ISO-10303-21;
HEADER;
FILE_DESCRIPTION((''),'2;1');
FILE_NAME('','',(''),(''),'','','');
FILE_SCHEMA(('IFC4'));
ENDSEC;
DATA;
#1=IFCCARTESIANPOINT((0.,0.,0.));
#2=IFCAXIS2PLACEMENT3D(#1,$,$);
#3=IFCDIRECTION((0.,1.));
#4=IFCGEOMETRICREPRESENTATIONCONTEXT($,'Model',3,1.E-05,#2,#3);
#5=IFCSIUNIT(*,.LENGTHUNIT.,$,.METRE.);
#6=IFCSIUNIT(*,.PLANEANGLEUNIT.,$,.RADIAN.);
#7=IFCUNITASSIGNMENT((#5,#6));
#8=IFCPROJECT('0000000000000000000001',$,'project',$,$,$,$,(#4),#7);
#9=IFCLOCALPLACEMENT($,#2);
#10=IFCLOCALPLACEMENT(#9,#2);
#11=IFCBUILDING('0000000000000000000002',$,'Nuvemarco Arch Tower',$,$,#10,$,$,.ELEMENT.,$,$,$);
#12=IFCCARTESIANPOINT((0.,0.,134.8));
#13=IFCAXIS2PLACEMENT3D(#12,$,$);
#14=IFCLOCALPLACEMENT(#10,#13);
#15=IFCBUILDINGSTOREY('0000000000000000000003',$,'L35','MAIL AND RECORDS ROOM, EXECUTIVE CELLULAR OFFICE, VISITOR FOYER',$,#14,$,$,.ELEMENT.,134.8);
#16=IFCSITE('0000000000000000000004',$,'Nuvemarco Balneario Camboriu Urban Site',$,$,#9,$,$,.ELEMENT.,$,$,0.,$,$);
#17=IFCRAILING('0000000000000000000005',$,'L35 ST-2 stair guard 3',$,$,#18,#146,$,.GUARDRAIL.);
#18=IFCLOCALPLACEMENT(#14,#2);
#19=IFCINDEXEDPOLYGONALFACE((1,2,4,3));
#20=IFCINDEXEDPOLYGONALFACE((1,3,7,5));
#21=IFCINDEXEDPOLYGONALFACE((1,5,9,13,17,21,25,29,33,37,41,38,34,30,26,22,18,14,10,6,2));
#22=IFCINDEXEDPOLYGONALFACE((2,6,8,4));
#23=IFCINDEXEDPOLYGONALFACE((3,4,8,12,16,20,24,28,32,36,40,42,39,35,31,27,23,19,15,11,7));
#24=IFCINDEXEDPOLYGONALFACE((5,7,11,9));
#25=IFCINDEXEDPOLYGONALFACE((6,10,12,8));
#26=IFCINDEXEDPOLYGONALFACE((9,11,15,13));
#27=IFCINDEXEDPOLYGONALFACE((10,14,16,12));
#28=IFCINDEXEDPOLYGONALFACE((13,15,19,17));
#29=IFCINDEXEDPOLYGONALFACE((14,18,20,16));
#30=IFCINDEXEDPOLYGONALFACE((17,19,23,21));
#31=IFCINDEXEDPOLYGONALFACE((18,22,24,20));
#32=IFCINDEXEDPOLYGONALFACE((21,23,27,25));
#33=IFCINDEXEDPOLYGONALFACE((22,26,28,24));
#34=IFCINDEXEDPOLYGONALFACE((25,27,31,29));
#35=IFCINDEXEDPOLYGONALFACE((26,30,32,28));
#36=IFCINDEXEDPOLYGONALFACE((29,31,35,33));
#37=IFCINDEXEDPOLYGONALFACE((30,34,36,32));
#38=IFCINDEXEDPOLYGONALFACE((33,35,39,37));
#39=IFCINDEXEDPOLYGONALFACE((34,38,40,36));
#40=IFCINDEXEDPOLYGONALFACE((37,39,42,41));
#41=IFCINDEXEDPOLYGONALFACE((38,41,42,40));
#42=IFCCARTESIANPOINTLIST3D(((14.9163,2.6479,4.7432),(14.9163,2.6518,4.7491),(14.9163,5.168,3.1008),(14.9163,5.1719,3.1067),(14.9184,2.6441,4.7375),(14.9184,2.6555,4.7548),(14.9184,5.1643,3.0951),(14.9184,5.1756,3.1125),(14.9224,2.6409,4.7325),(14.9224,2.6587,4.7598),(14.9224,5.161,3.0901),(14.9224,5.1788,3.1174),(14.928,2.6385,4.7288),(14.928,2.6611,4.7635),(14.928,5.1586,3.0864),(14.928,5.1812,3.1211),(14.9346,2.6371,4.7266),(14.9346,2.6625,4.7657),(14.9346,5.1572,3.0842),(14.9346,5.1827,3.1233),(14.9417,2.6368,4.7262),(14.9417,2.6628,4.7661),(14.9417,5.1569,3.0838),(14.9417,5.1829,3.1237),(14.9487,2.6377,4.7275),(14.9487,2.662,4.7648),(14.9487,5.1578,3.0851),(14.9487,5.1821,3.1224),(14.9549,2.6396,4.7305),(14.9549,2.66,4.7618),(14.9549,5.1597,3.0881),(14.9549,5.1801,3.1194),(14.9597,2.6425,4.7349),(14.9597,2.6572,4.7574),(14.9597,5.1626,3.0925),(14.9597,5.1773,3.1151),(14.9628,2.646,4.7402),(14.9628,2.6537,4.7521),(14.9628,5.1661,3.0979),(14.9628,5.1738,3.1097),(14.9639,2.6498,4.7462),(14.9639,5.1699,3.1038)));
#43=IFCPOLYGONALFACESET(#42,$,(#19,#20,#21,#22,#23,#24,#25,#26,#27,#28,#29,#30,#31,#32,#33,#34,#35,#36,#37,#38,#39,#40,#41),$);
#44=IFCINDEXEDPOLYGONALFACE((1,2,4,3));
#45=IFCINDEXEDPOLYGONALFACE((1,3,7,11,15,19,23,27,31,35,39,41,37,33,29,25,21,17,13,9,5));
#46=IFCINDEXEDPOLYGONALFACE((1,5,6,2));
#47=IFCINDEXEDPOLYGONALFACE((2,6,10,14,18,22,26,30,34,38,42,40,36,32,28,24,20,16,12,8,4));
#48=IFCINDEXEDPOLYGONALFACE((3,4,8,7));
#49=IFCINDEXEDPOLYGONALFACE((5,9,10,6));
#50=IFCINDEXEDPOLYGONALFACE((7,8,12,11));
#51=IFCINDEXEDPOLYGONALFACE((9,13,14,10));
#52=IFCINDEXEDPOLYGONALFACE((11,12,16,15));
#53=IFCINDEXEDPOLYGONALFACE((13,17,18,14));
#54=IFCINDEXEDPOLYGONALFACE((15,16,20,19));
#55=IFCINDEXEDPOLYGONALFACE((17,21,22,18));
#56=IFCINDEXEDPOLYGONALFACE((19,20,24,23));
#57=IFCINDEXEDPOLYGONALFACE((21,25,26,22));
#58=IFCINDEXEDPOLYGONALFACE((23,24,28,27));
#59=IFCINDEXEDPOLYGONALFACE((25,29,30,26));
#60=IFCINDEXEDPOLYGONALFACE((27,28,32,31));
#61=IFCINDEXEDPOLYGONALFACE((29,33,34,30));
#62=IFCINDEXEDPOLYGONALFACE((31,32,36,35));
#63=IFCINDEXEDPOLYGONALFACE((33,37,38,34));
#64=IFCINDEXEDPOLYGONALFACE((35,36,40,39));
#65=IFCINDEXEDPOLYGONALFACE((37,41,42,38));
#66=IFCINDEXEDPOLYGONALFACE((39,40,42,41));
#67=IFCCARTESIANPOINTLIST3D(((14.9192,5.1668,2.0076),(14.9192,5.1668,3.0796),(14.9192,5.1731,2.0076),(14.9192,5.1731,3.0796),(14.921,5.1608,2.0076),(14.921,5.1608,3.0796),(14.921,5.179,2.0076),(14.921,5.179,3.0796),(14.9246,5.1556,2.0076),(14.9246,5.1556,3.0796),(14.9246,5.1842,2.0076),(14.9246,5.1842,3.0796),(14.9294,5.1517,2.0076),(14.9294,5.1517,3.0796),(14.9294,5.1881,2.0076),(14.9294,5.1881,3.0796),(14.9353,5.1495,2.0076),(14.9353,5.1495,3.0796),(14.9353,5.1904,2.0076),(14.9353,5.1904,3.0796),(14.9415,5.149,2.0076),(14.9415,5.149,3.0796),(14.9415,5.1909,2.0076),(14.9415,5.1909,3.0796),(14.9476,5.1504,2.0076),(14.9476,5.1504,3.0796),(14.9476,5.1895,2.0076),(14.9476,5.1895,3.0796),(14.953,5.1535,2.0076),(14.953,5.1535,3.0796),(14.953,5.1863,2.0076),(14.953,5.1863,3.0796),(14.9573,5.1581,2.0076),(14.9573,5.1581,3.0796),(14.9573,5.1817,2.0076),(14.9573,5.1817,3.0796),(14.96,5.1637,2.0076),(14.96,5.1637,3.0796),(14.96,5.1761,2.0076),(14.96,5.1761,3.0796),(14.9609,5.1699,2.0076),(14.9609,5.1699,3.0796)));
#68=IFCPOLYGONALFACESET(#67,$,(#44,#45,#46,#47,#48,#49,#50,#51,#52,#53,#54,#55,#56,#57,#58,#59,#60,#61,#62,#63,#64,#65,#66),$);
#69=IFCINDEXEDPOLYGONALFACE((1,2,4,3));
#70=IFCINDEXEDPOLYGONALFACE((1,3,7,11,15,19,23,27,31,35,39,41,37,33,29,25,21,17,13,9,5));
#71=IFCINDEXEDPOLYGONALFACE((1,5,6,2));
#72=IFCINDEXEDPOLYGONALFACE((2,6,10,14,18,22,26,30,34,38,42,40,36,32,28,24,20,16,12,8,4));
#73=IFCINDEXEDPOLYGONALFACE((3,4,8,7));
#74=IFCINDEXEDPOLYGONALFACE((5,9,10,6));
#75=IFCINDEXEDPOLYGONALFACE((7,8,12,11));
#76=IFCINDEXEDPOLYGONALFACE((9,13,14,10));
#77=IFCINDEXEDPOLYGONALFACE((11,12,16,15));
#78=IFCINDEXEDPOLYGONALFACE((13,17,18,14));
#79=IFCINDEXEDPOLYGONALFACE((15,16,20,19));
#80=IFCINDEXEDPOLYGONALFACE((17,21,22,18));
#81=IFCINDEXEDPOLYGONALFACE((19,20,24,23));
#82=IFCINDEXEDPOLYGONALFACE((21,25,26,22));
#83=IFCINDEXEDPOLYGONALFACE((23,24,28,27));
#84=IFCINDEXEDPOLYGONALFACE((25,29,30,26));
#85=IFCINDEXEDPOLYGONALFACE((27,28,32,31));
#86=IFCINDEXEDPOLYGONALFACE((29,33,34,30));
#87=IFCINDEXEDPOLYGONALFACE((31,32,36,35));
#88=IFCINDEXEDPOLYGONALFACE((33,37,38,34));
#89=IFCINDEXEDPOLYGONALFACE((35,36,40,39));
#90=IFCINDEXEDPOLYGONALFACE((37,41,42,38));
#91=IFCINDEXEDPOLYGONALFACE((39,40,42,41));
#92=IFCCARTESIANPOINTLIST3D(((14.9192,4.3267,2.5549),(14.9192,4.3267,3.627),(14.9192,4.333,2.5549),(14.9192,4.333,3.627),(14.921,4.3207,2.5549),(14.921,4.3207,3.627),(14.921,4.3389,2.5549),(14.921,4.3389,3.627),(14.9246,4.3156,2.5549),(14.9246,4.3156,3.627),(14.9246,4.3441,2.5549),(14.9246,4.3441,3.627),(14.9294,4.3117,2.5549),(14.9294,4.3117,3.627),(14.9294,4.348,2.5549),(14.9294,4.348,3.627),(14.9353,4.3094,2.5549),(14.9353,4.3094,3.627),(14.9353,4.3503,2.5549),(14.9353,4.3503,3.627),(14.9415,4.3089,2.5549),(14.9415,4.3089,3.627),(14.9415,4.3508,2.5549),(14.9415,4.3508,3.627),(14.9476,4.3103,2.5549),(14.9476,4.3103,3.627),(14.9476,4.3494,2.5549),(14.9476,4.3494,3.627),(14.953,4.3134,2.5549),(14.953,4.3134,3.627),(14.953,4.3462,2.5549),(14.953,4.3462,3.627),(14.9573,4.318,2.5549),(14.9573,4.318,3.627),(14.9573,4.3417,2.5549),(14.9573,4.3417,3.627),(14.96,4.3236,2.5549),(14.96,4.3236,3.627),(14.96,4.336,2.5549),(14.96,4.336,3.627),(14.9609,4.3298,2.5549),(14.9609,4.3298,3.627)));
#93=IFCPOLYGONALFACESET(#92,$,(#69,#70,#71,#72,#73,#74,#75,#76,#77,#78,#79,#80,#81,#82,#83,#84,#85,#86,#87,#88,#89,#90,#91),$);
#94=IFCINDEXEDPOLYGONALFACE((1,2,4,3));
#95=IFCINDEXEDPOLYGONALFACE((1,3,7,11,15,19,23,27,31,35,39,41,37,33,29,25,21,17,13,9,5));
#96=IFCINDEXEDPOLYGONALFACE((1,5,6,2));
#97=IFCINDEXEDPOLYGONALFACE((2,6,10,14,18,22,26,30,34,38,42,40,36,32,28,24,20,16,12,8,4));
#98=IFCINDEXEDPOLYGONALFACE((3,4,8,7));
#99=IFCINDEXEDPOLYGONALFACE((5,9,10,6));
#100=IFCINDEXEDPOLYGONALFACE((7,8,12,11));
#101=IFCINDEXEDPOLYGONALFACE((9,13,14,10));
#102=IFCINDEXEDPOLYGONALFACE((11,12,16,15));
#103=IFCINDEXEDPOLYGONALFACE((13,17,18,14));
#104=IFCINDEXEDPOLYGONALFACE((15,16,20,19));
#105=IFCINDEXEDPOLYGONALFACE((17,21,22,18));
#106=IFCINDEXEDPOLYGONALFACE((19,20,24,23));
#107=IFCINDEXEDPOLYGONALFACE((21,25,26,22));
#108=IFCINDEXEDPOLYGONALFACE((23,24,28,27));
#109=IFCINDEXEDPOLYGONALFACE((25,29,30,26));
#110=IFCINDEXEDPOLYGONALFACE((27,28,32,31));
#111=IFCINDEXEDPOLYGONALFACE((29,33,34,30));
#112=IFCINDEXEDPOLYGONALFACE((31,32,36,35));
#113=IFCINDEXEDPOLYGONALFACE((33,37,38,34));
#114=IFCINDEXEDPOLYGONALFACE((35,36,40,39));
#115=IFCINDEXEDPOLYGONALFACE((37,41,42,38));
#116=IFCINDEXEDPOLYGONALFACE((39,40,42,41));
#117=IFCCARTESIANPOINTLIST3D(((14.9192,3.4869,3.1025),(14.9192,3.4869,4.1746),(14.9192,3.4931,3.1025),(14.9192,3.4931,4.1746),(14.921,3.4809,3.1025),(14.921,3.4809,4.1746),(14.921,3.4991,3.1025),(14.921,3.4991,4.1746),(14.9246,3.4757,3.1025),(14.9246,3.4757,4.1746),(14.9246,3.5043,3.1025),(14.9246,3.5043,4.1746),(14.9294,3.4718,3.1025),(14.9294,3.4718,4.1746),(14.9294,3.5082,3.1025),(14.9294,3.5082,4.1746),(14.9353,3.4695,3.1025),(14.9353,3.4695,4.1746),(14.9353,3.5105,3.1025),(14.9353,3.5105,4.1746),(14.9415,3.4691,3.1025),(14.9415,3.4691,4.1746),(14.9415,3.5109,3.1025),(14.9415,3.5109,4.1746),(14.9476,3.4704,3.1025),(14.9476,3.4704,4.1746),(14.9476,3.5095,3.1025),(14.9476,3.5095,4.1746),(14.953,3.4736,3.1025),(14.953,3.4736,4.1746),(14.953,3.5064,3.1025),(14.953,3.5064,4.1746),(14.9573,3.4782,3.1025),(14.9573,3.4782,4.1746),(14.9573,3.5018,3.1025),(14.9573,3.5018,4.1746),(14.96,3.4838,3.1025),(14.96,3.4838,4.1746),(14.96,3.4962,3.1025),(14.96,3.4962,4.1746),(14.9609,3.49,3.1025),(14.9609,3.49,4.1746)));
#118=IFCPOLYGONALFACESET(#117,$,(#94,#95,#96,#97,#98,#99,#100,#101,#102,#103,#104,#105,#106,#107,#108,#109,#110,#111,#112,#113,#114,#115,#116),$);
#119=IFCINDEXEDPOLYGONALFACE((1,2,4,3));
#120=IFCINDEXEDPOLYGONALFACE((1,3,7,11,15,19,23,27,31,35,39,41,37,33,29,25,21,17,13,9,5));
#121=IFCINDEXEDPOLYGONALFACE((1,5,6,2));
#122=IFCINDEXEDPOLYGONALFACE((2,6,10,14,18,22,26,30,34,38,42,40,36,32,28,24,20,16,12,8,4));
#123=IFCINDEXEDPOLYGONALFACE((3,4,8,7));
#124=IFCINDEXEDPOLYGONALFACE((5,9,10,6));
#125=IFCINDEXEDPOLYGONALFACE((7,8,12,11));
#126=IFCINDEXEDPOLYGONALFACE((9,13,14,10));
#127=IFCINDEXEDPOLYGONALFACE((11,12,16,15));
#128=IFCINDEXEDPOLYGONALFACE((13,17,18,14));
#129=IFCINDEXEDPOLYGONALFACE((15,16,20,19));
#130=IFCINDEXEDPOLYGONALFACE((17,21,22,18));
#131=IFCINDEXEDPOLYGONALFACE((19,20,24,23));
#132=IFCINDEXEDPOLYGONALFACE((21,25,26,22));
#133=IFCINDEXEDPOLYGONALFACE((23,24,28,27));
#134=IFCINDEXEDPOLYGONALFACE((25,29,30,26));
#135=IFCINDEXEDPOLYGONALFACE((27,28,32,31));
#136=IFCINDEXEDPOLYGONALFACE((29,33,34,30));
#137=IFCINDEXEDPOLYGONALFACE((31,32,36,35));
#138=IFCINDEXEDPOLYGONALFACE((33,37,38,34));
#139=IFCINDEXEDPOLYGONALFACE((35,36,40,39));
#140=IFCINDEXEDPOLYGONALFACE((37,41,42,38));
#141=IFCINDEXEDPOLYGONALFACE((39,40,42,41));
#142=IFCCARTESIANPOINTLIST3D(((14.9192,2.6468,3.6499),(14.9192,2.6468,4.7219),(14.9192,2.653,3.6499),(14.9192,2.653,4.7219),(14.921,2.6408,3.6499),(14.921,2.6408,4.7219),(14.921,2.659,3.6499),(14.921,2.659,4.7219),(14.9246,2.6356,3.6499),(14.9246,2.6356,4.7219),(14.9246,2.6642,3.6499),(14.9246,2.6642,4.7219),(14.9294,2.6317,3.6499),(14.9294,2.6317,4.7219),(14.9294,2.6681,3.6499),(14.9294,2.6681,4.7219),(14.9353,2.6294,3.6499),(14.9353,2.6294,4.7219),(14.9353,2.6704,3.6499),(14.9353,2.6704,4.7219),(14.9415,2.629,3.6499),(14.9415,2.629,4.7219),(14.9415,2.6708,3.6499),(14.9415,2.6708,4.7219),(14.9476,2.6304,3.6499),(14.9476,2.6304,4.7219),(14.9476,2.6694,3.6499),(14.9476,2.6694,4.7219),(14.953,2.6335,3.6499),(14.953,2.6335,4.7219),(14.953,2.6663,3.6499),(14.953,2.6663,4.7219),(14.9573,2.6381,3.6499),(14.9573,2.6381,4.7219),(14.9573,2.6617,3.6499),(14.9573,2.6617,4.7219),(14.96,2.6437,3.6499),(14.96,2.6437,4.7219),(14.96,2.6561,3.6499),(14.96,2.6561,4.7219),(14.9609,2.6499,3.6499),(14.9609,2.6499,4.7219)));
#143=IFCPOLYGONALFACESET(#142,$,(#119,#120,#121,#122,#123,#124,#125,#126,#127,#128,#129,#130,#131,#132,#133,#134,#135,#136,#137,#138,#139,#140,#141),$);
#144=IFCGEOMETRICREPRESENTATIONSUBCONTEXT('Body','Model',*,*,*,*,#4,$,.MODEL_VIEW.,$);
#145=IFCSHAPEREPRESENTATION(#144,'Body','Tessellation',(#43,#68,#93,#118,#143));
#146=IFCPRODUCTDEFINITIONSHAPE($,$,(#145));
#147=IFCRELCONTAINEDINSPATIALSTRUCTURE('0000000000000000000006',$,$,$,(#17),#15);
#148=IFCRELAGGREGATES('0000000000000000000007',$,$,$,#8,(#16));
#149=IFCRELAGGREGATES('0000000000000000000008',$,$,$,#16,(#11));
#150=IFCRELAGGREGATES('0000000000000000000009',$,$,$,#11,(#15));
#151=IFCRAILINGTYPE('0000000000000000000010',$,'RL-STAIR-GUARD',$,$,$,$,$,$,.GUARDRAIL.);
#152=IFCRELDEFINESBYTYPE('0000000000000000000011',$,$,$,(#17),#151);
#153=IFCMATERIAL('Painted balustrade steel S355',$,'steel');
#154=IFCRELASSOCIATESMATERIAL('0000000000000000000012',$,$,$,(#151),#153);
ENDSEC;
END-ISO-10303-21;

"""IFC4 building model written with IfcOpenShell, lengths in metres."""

from ifc_helpers import new_model, si_unit, direction, frame, origin, origin_2d, place, context, subcontext, project, spatial, circle, extrude, material, type_object, element, save


model = new_model("IFC4")

# Units and contexts
model_context = context("Model", 3, precision=1e-05, world=origin(), true_north=direction((0.0, 1.0)))
body_context = subcontext(model_context, "Body", "Model", "MODEL_VIEW")
ifc_project = project(units=[si_unit("LENGTHUNIT", "METRE"), si_unit("PLANEANGLEUNIT", "RADIAN")], contexts=[model_context])

# Site, building, storey
site_placement = place(None, origin())
site = spatial("IfcSite", under=ifc_project, at=site_placement, Name="Nuvemarco Balneario Camboriu Urban Site", CompositionType="ELEMENT", RefElevation=0.0)
building_placement = place(site_placement, origin())
building = spatial("IfcBuilding", under=site, at=building_placement, Name="Nuvemarco Arch Tower", CompositionType="ELEMENT")
storey_placement = place(building_placement, frame((0.0, 0.0, 134.8)))
storey = spatial("IfcBuildingStorey", under=building, at=storey_placement, Name="L35", Description="MAIL AND RECORDS ROOM, EXECUTIVE CELLULAR OFFICE, VISITOR FOYER", CompositionType="ELEMENT", Elevation=134.8)

# Railing
ifc_material_1 = material(Name="Painted balustrade steel S355", Category="steel")
railing_type_1 = type_object("IfcRailingType", Name="RL-STAIR-GUARD", PredefinedType="GUARDRAIL", material=ifc_material_1)
railing_1_placement = place(storey_placement, frame((14.9399, 5.1699, 2.0076)))
element("IfcRailing", 1, at=railing_1_placement, inside=storey, type_object=railing_type_1, Name="L35 ST-2 stair guard 3", PredefinedType="GUARDRAIL", context=body_context, shape_type="SweptSolid", body=[
    extrude(circle(Radius=0.0239, at=origin_2d()), frame((0.0, 0.0, 1.0962), z_axis=(0.0, -0.837787, 0.545998), x_axis=(1.0, 0.0, 0.0)), (0.0, 0.0, 1.0), 3.0081),
    extrude(circle(Radius=0.021, at=origin_2d()), origin(), (0.0, 0.0, 1.0), 1.072),
    extrude(circle(Radius=0.021, at=origin_2d()), frame((0.0, -0.8401, 0.5474)), (0.0, 0.0, 1.0), 1.072),
    extrude(circle(Radius=0.021, at=origin_2d()), frame((0.0, -1.6799, 1.095)), (0.0, 0.0, 1.0), 1.072),
    extrude(circle(Radius=0.021, at=origin_2d()), frame((0.0, -2.52, 1.6423)), (0.0, 0.0, 1.0), 1.072),
])

save(model, "model.ifc")
